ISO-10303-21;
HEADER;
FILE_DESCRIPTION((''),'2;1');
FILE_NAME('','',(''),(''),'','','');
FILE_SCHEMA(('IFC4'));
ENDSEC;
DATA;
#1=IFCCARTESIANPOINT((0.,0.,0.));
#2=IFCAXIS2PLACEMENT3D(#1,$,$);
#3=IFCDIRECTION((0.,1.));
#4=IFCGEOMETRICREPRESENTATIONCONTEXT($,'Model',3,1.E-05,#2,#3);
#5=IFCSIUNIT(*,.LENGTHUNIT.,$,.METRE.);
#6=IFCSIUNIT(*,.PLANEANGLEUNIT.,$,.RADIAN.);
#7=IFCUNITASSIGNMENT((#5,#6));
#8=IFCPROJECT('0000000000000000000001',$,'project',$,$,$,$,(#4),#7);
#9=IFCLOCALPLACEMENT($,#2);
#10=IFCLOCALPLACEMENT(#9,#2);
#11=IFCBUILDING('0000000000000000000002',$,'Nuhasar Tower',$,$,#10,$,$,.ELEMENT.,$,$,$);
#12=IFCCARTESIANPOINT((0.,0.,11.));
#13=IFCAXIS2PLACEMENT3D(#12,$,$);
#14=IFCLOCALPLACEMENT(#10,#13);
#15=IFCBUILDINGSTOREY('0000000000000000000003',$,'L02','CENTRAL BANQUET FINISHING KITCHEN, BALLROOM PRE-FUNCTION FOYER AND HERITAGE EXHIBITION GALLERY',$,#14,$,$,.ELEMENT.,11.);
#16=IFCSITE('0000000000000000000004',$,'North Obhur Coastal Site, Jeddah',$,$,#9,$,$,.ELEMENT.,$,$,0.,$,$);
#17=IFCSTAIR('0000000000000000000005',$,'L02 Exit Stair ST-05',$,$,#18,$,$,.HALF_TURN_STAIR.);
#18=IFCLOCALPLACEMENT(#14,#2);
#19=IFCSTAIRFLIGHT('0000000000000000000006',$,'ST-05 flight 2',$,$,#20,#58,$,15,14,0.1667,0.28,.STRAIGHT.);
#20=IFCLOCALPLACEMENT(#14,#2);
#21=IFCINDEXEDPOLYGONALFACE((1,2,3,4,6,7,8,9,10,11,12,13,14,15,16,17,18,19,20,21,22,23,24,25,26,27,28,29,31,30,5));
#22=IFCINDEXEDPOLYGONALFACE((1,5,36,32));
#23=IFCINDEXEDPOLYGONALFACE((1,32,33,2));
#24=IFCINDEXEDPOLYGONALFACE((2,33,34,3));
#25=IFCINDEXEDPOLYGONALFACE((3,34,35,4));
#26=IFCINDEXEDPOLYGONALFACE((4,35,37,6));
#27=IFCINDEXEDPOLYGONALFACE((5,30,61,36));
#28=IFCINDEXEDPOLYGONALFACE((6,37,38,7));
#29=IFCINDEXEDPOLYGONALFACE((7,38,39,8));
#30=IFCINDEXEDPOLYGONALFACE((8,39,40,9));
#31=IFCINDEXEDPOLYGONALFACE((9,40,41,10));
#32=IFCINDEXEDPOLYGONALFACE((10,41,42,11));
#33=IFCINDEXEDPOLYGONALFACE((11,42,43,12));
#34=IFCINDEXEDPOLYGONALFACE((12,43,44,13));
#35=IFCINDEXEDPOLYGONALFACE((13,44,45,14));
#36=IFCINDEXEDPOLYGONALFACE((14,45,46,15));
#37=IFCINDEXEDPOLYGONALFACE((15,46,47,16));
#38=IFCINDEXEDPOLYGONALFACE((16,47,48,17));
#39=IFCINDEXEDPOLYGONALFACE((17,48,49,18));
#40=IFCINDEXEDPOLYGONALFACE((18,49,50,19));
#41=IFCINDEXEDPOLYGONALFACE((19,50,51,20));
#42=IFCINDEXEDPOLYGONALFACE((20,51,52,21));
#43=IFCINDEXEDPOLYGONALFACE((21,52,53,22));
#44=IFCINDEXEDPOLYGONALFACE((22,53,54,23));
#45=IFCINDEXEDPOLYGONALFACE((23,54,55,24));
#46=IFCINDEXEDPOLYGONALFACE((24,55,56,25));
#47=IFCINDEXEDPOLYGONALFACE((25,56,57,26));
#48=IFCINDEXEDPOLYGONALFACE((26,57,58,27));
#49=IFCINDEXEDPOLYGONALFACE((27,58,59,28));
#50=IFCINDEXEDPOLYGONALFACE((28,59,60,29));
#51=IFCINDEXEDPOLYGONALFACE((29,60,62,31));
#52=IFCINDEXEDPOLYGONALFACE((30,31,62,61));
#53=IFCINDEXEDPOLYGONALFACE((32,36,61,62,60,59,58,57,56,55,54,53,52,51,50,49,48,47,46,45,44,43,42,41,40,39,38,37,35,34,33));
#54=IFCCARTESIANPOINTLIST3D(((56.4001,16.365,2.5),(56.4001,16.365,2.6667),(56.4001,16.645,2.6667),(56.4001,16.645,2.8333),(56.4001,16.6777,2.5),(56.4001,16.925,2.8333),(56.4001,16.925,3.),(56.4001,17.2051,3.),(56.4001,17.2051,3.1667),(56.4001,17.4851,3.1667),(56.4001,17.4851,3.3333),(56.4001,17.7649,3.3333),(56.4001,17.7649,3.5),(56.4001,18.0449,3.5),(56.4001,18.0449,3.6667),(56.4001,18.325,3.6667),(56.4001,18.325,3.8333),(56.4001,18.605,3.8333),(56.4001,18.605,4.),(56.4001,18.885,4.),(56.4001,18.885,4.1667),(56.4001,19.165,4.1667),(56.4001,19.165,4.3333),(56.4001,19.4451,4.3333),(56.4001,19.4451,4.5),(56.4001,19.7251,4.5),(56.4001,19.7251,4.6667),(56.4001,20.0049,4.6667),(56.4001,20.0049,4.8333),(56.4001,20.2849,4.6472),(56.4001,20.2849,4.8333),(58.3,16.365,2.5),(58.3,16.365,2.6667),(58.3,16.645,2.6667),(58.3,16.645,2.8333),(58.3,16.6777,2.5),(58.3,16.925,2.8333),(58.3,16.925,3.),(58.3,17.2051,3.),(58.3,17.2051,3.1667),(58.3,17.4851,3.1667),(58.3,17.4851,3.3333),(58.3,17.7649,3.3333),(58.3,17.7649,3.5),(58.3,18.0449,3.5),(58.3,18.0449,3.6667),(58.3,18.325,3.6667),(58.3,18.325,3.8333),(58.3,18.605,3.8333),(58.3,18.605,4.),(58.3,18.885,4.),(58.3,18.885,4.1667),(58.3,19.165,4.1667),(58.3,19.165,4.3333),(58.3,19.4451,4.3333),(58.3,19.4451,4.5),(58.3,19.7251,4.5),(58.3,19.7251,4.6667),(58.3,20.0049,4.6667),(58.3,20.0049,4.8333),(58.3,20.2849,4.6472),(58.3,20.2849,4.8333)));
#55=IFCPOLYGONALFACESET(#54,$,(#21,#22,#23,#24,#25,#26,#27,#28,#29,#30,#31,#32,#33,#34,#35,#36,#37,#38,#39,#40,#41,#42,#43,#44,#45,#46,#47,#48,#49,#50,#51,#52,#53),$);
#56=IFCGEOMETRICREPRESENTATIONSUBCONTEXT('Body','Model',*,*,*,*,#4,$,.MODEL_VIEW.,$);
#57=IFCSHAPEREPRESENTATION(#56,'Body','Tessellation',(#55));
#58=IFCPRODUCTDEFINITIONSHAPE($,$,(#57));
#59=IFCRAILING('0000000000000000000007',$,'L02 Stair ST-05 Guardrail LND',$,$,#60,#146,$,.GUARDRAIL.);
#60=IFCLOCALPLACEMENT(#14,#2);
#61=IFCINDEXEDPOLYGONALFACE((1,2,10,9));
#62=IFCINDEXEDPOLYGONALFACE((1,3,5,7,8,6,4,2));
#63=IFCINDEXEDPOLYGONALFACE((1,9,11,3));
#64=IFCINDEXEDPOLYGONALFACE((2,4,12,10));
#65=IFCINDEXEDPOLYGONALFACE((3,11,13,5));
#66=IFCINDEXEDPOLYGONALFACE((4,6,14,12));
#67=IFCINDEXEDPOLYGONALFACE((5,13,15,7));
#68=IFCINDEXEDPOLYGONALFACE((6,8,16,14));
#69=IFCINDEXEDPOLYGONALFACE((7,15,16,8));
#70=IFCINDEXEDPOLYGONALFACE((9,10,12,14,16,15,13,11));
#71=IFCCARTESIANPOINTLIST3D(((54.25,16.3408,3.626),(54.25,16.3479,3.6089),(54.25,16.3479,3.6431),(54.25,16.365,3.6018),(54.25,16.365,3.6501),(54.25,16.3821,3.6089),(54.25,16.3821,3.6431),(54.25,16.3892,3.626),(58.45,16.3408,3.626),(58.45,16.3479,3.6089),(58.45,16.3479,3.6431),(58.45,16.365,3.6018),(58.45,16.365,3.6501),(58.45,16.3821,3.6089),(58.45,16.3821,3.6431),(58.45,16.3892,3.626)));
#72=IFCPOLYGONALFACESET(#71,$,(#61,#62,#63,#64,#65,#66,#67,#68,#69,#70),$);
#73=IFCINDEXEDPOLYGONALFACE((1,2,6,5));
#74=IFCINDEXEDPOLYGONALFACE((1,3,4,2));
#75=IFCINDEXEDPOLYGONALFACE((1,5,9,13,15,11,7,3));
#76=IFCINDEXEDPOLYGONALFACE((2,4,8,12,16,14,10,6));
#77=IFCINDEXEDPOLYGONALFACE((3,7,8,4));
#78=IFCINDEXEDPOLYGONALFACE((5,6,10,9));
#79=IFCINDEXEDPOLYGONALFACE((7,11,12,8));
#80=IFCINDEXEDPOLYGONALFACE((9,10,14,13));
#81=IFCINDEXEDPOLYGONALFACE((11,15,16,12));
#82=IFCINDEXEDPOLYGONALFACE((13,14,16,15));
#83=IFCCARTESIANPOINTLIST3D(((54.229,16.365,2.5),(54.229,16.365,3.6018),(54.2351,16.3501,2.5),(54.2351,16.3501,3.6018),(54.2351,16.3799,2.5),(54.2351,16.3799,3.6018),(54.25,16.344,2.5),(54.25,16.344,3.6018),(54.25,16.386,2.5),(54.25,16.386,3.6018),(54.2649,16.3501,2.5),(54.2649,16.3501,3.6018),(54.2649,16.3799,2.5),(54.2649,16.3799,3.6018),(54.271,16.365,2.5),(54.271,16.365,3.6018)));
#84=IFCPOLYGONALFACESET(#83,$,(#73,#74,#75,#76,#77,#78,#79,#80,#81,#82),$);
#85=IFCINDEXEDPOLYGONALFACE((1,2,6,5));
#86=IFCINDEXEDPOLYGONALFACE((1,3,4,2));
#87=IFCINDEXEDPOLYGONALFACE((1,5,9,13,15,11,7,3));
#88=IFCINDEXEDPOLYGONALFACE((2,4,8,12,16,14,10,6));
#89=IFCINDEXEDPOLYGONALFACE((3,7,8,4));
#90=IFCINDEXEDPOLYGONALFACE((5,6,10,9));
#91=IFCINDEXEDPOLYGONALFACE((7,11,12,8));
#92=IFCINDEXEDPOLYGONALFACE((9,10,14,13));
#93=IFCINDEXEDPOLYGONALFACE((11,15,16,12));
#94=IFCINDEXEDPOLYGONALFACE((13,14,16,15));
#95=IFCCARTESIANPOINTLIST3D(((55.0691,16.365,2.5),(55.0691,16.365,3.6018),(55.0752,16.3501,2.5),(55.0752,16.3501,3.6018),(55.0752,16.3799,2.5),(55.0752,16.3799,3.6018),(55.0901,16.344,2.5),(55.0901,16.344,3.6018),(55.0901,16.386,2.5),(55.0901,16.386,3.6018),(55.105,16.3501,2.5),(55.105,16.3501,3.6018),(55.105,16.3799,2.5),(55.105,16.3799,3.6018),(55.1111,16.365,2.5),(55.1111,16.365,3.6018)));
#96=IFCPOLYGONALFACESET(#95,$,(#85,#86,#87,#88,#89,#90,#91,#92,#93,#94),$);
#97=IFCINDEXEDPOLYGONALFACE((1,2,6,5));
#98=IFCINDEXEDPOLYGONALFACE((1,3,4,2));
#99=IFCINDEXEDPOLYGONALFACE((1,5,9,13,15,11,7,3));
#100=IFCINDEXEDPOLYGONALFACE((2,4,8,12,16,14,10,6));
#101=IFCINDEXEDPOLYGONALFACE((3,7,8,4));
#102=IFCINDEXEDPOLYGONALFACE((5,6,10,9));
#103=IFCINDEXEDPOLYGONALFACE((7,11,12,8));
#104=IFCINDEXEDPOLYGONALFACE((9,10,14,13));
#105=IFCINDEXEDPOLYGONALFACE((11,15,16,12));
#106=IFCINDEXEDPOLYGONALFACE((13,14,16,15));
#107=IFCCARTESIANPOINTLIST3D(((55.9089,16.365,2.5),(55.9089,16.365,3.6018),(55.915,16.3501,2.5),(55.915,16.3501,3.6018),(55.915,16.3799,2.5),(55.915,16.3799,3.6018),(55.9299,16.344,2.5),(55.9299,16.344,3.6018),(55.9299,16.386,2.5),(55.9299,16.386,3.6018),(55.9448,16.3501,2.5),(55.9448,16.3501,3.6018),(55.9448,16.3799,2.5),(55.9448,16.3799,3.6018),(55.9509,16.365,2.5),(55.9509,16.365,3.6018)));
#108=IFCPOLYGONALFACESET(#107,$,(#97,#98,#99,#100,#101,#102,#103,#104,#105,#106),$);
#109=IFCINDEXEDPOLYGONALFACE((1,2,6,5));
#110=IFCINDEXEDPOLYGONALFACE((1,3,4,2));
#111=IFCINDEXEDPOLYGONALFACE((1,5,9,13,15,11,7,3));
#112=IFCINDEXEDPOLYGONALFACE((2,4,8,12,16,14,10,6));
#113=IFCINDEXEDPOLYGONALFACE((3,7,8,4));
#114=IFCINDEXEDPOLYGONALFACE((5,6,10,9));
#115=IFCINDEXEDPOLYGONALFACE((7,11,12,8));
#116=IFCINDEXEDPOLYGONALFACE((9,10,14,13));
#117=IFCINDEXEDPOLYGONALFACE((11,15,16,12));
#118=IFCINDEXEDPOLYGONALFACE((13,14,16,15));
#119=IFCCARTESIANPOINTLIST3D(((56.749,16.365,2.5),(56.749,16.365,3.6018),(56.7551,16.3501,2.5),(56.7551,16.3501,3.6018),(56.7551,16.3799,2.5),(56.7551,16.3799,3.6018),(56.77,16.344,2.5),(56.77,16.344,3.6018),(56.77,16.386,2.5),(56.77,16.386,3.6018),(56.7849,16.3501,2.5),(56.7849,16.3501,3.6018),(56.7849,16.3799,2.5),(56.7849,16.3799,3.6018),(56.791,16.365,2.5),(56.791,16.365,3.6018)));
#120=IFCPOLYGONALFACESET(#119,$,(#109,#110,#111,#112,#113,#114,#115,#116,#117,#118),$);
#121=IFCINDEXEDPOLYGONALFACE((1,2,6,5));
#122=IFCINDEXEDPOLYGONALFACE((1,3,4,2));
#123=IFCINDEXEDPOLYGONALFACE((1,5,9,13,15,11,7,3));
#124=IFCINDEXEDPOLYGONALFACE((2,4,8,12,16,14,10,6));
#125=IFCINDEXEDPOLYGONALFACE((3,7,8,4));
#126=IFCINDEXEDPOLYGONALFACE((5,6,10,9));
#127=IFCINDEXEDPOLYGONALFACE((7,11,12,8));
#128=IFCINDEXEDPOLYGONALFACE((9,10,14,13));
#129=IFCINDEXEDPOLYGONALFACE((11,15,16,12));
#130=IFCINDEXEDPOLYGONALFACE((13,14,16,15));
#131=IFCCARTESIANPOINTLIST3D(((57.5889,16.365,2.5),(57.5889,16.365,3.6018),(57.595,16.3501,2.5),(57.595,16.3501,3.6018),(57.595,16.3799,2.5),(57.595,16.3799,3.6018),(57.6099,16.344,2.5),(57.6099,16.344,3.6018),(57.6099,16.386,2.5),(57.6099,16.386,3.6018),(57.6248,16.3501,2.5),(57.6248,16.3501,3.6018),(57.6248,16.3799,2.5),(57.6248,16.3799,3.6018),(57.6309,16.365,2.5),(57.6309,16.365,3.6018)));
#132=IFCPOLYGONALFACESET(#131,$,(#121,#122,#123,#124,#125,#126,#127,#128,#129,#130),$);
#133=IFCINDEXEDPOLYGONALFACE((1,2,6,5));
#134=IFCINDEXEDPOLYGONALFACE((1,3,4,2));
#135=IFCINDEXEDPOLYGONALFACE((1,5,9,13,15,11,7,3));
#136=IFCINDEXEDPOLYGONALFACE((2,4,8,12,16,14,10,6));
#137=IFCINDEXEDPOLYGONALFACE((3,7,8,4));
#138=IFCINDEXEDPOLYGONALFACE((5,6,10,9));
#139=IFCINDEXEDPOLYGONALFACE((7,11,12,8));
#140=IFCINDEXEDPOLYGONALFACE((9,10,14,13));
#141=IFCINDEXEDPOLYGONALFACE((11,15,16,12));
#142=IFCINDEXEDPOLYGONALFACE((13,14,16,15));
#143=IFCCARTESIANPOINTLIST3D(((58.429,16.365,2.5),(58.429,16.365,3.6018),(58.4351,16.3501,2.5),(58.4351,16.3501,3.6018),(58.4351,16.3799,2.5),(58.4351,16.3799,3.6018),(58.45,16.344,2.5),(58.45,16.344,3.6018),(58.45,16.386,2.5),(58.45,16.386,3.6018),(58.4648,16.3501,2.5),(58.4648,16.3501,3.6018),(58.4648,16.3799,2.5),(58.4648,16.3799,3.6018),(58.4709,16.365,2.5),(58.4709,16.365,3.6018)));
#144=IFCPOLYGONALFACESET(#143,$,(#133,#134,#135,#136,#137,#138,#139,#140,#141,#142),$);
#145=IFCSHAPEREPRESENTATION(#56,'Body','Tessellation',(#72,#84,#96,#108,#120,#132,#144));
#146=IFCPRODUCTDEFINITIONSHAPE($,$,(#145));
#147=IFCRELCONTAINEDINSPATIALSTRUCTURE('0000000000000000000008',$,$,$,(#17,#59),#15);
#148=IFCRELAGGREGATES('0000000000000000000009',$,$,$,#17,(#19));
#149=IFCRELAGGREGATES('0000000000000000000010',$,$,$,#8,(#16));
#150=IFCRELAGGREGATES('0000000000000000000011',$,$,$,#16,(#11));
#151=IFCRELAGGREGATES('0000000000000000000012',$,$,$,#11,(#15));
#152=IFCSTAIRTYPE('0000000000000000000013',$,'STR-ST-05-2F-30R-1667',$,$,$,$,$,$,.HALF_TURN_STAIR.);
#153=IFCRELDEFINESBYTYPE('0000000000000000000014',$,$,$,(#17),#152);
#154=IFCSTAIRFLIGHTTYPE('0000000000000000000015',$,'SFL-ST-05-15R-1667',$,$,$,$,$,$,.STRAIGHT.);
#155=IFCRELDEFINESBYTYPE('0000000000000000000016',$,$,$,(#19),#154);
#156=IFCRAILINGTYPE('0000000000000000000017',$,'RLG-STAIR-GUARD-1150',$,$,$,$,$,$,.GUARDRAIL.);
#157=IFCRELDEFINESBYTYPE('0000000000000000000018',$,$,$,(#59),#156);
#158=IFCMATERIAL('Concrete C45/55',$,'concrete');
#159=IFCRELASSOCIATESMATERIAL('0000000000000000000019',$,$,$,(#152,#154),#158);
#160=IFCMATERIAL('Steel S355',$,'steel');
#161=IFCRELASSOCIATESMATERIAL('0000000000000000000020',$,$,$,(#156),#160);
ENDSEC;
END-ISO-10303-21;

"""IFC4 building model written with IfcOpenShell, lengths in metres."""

from ifc_helpers import new_model, si_unit, direction, frame, origin, place, context, subcontext, project, spatial, polyline, outline, extrude, material, type_object, element, aggregate, save


model = new_model("IFC4")

# Units and contexts
model_context = context("Model", 3, precision=1e-05, world=origin(), true_north=direction((0.0, 1.0)))
body_context = subcontext(model_context, "Body", "Model", "MODEL_VIEW")
ifc_project = project(units=[si_unit("LENGTHUNIT", "METRE"), si_unit("PLANEANGLEUNIT", "RADIAN")], contexts=[model_context])

# Site, building, storey
site_placement = place(None, origin())
site = spatial("IfcSite", under=ifc_project, at=site_placement, Name="North Obhur Coastal Site, Jeddah", CompositionType="ELEMENT", RefElevation=0.0)
building_placement = place(site_placement, origin())
building = spatial("IfcBuilding", under=site, at=building_placement, Name="Nuhasar Tower", CompositionType="ELEMENT")
storey_placement = place(building_placement, frame((0.0, 0.0, 11.0)))
storey = spatial("IfcBuildingStorey", under=building, at=storey_placement, Name="L02", Description="CENTRAL BANQUET FINISHING KITCHEN, BALLROOM PRE-FUNCTION FOYER AND HERITAGE EXHIBITION GALLERY", CompositionType="ELEMENT", Elevation=11.0)

# Shared definitions
ifc_material_1 = material(Name="Steel S355", Category="steel")

# Shared definitions
ifc_material_2 = material(Name="Concrete C45/55", Category="concrete")

# Stair, stair flight
stair_type = type_object("IfcStairType", Name="STR-ST-05-2F-30R-1667", PredefinedType="HALF_TURN_STAIR", material=ifc_material_2)
stair_placement = place(storey_placement, origin())
stair = element("IfcStair", 1, at=stair_placement, inside=storey, type_object=stair_type, Name="L02 Exit Stair ST-05", PredefinedType="HALF_TURN_STAIR")
stair_flight_type = type_object("IfcStairFlightType", Name="SFL-ST-05-15R-1667", PredefinedType="STRAIGHT", material=ifc_material_2)
stair_flight_1_placement = place(storey_placement, frame((57.3501, 16.365, 2.5), z_axis=(0.0, 0.0, 1.0), x_axis=(0.0, 1.0, 0.0)))
stair_flight_1 = element("IfcStairFlight", 2, at=stair_flight_1_placement, type_object=stair_flight_type, Name="ST-05 flight 2", NumberOfRisers=15, NumberOfTreads=14, PredefinedType="STRAIGHT", RiserHeight=0.1667, TreadLength=0.28, context=body_context, shape_type="SweptSolid", body=[
    extrude(outline(polyline([(0.0, 0.0), (0.0, 0.1667), (0.28, 0.1667), (0.28, 0.3333), (0.5601, 0.3333), (0.5601, 0.5), (0.8401, 0.5), (0.8401, 0.6667), (1.1201, 0.6667), (1.1201, 0.8333), (1.3999, 0.8333), (1.3999, 1.0), (1.6799, 1.0), (1.6799, 1.1667), (1.96, 1.1667), (1.96, 1.3333), (2.24, 1.3333), (2.24, 1.5), (2.52, 1.5), (2.52, 1.6667), (2.8, 1.6667), (2.8, 1.8333), (3.0801, 1.8333), (3.0801, 2.0), (3.3601, 2.0), (3.3601, 2.1667), (3.6399, 2.1667), (3.6399, 2.3333), (3.9199, 2.3333), (3.9199, 2.5), (3.9199, 2.1472), (0.3127, 0.0), (0.0, 0.0)])), frame((0.0, 0.95, 0.0), z_axis=(0.0, -1.0, 0.0), x_axis=(1.0, 0.0, 0.0)), (0.0, 0.0, 1.0), 1.8999),
])
aggregate(stair, [stair_flight_1])

# Railing
railing_type_1 = type_object("IfcRailingType", Name="RLG-STAIR-GUARD-1150", PredefinedType="GUARDRAIL", material=ifc_material_1)
railing_1_placement = place(storey_placement, frame((54.25, 16.365, 2.5)))
element("IfcRailing", 3, at=railing_1_placement, inside=storey, type_object=railing_type_1, Name="L02 Stair ST-05 Guardrail LND", PredefinedType="GUARDRAIL", context=body_context, shape_type="SweptSolid", body=[
    extrude(outline(polyline([(0.0242, 0.0), (0.0171, 0.0171), (0.0, 0.0242), (-0.0171, 0.0171), (-0.0242, 0.0), (-0.0171, -0.0171), (0.0, -0.0242), (0.0171, -0.0171), (0.0242, 0.0)])), frame((0.0, 0.0, 1.126), z_axis=(1.0, 0.0, 0.0), x_axis=(0.0, 1.0, 0.0)), (0.0, 0.0, 1.0), 4.2),
    extrude(outline(polyline([(0.021, 0.0), (0.0149, 0.0149), (0.0, 0.021), (-0.0149, 0.0149), (-0.021, 0.0), (-0.0149, -0.0149), (0.0, -0.021), (0.0149, -0.0149), (0.021, 0.0)])), origin(), (0.0, 0.0, 1.0), 1.1018),
    extrude(outline(polyline([(0.021, 0.0), (0.0149, 0.0149), (0.0, 0.021), (-0.0149, 0.0149), (-0.021, 0.0), (-0.0149, -0.0149), (0.0, -0.021), (0.0149, -0.0149), (0.021, 0.0)])), frame((0.8401, 0.0, 0.0)), (0.0, 0.0, 1.0), 1.1018),
    extrude(outline(polyline([(0.021, 0.0), (0.0149, 0.0149), (0.0, 0.021), (-0.0149, 0.0149), (-0.021, 0.0), (-0.0149, -0.0149), (0.0, -0.021), (0.0149, -0.0149), (0.021, 0.0)])), frame((1.6799, 0.0, 0.0)), (0.0, 0.0, 1.0), 1.1018),
    extrude(outline(polyline([(0.021, 0.0), (0.0149, 0.0149), (0.0, 0.021), (-0.0149, 0.0149), (-0.021, 0.0), (-0.0149, -0.0149), (0.0, -0.021), (0.0149, -0.0149), (0.021, 0.0)])), frame((2.52, 0.0, 0.0)), (0.0, 0.0, 1.0), 1.1018),
    extrude(outline(polyline([(0.021, 0.0), (0.0149, 0.0149), (0.0, 0.021), (-0.0149, 0.0149), (-0.021, 0.0), (-0.0149, -0.0149), (0.0, -0.021), (0.0149, -0.0149), (0.021, 0.0)])), frame((3.3599, 0.0, 0.0)), (0.0, 0.0, 1.0), 1.1018),
    extrude(outline(polyline([(0.021, 0.0), (0.0149, 0.0149), (0.0, 0.021), (-0.0149, 0.0149), (-0.021, 0.0), (-0.0149, -0.0149), (0.0, -0.021), (0.0149, -0.0149), (0.021, 0.0)])), frame((4.2, 0.0, 0.0)), (0.0, 0.0, 1.0), 1.1018),
])

save(model, "model.ifc")
